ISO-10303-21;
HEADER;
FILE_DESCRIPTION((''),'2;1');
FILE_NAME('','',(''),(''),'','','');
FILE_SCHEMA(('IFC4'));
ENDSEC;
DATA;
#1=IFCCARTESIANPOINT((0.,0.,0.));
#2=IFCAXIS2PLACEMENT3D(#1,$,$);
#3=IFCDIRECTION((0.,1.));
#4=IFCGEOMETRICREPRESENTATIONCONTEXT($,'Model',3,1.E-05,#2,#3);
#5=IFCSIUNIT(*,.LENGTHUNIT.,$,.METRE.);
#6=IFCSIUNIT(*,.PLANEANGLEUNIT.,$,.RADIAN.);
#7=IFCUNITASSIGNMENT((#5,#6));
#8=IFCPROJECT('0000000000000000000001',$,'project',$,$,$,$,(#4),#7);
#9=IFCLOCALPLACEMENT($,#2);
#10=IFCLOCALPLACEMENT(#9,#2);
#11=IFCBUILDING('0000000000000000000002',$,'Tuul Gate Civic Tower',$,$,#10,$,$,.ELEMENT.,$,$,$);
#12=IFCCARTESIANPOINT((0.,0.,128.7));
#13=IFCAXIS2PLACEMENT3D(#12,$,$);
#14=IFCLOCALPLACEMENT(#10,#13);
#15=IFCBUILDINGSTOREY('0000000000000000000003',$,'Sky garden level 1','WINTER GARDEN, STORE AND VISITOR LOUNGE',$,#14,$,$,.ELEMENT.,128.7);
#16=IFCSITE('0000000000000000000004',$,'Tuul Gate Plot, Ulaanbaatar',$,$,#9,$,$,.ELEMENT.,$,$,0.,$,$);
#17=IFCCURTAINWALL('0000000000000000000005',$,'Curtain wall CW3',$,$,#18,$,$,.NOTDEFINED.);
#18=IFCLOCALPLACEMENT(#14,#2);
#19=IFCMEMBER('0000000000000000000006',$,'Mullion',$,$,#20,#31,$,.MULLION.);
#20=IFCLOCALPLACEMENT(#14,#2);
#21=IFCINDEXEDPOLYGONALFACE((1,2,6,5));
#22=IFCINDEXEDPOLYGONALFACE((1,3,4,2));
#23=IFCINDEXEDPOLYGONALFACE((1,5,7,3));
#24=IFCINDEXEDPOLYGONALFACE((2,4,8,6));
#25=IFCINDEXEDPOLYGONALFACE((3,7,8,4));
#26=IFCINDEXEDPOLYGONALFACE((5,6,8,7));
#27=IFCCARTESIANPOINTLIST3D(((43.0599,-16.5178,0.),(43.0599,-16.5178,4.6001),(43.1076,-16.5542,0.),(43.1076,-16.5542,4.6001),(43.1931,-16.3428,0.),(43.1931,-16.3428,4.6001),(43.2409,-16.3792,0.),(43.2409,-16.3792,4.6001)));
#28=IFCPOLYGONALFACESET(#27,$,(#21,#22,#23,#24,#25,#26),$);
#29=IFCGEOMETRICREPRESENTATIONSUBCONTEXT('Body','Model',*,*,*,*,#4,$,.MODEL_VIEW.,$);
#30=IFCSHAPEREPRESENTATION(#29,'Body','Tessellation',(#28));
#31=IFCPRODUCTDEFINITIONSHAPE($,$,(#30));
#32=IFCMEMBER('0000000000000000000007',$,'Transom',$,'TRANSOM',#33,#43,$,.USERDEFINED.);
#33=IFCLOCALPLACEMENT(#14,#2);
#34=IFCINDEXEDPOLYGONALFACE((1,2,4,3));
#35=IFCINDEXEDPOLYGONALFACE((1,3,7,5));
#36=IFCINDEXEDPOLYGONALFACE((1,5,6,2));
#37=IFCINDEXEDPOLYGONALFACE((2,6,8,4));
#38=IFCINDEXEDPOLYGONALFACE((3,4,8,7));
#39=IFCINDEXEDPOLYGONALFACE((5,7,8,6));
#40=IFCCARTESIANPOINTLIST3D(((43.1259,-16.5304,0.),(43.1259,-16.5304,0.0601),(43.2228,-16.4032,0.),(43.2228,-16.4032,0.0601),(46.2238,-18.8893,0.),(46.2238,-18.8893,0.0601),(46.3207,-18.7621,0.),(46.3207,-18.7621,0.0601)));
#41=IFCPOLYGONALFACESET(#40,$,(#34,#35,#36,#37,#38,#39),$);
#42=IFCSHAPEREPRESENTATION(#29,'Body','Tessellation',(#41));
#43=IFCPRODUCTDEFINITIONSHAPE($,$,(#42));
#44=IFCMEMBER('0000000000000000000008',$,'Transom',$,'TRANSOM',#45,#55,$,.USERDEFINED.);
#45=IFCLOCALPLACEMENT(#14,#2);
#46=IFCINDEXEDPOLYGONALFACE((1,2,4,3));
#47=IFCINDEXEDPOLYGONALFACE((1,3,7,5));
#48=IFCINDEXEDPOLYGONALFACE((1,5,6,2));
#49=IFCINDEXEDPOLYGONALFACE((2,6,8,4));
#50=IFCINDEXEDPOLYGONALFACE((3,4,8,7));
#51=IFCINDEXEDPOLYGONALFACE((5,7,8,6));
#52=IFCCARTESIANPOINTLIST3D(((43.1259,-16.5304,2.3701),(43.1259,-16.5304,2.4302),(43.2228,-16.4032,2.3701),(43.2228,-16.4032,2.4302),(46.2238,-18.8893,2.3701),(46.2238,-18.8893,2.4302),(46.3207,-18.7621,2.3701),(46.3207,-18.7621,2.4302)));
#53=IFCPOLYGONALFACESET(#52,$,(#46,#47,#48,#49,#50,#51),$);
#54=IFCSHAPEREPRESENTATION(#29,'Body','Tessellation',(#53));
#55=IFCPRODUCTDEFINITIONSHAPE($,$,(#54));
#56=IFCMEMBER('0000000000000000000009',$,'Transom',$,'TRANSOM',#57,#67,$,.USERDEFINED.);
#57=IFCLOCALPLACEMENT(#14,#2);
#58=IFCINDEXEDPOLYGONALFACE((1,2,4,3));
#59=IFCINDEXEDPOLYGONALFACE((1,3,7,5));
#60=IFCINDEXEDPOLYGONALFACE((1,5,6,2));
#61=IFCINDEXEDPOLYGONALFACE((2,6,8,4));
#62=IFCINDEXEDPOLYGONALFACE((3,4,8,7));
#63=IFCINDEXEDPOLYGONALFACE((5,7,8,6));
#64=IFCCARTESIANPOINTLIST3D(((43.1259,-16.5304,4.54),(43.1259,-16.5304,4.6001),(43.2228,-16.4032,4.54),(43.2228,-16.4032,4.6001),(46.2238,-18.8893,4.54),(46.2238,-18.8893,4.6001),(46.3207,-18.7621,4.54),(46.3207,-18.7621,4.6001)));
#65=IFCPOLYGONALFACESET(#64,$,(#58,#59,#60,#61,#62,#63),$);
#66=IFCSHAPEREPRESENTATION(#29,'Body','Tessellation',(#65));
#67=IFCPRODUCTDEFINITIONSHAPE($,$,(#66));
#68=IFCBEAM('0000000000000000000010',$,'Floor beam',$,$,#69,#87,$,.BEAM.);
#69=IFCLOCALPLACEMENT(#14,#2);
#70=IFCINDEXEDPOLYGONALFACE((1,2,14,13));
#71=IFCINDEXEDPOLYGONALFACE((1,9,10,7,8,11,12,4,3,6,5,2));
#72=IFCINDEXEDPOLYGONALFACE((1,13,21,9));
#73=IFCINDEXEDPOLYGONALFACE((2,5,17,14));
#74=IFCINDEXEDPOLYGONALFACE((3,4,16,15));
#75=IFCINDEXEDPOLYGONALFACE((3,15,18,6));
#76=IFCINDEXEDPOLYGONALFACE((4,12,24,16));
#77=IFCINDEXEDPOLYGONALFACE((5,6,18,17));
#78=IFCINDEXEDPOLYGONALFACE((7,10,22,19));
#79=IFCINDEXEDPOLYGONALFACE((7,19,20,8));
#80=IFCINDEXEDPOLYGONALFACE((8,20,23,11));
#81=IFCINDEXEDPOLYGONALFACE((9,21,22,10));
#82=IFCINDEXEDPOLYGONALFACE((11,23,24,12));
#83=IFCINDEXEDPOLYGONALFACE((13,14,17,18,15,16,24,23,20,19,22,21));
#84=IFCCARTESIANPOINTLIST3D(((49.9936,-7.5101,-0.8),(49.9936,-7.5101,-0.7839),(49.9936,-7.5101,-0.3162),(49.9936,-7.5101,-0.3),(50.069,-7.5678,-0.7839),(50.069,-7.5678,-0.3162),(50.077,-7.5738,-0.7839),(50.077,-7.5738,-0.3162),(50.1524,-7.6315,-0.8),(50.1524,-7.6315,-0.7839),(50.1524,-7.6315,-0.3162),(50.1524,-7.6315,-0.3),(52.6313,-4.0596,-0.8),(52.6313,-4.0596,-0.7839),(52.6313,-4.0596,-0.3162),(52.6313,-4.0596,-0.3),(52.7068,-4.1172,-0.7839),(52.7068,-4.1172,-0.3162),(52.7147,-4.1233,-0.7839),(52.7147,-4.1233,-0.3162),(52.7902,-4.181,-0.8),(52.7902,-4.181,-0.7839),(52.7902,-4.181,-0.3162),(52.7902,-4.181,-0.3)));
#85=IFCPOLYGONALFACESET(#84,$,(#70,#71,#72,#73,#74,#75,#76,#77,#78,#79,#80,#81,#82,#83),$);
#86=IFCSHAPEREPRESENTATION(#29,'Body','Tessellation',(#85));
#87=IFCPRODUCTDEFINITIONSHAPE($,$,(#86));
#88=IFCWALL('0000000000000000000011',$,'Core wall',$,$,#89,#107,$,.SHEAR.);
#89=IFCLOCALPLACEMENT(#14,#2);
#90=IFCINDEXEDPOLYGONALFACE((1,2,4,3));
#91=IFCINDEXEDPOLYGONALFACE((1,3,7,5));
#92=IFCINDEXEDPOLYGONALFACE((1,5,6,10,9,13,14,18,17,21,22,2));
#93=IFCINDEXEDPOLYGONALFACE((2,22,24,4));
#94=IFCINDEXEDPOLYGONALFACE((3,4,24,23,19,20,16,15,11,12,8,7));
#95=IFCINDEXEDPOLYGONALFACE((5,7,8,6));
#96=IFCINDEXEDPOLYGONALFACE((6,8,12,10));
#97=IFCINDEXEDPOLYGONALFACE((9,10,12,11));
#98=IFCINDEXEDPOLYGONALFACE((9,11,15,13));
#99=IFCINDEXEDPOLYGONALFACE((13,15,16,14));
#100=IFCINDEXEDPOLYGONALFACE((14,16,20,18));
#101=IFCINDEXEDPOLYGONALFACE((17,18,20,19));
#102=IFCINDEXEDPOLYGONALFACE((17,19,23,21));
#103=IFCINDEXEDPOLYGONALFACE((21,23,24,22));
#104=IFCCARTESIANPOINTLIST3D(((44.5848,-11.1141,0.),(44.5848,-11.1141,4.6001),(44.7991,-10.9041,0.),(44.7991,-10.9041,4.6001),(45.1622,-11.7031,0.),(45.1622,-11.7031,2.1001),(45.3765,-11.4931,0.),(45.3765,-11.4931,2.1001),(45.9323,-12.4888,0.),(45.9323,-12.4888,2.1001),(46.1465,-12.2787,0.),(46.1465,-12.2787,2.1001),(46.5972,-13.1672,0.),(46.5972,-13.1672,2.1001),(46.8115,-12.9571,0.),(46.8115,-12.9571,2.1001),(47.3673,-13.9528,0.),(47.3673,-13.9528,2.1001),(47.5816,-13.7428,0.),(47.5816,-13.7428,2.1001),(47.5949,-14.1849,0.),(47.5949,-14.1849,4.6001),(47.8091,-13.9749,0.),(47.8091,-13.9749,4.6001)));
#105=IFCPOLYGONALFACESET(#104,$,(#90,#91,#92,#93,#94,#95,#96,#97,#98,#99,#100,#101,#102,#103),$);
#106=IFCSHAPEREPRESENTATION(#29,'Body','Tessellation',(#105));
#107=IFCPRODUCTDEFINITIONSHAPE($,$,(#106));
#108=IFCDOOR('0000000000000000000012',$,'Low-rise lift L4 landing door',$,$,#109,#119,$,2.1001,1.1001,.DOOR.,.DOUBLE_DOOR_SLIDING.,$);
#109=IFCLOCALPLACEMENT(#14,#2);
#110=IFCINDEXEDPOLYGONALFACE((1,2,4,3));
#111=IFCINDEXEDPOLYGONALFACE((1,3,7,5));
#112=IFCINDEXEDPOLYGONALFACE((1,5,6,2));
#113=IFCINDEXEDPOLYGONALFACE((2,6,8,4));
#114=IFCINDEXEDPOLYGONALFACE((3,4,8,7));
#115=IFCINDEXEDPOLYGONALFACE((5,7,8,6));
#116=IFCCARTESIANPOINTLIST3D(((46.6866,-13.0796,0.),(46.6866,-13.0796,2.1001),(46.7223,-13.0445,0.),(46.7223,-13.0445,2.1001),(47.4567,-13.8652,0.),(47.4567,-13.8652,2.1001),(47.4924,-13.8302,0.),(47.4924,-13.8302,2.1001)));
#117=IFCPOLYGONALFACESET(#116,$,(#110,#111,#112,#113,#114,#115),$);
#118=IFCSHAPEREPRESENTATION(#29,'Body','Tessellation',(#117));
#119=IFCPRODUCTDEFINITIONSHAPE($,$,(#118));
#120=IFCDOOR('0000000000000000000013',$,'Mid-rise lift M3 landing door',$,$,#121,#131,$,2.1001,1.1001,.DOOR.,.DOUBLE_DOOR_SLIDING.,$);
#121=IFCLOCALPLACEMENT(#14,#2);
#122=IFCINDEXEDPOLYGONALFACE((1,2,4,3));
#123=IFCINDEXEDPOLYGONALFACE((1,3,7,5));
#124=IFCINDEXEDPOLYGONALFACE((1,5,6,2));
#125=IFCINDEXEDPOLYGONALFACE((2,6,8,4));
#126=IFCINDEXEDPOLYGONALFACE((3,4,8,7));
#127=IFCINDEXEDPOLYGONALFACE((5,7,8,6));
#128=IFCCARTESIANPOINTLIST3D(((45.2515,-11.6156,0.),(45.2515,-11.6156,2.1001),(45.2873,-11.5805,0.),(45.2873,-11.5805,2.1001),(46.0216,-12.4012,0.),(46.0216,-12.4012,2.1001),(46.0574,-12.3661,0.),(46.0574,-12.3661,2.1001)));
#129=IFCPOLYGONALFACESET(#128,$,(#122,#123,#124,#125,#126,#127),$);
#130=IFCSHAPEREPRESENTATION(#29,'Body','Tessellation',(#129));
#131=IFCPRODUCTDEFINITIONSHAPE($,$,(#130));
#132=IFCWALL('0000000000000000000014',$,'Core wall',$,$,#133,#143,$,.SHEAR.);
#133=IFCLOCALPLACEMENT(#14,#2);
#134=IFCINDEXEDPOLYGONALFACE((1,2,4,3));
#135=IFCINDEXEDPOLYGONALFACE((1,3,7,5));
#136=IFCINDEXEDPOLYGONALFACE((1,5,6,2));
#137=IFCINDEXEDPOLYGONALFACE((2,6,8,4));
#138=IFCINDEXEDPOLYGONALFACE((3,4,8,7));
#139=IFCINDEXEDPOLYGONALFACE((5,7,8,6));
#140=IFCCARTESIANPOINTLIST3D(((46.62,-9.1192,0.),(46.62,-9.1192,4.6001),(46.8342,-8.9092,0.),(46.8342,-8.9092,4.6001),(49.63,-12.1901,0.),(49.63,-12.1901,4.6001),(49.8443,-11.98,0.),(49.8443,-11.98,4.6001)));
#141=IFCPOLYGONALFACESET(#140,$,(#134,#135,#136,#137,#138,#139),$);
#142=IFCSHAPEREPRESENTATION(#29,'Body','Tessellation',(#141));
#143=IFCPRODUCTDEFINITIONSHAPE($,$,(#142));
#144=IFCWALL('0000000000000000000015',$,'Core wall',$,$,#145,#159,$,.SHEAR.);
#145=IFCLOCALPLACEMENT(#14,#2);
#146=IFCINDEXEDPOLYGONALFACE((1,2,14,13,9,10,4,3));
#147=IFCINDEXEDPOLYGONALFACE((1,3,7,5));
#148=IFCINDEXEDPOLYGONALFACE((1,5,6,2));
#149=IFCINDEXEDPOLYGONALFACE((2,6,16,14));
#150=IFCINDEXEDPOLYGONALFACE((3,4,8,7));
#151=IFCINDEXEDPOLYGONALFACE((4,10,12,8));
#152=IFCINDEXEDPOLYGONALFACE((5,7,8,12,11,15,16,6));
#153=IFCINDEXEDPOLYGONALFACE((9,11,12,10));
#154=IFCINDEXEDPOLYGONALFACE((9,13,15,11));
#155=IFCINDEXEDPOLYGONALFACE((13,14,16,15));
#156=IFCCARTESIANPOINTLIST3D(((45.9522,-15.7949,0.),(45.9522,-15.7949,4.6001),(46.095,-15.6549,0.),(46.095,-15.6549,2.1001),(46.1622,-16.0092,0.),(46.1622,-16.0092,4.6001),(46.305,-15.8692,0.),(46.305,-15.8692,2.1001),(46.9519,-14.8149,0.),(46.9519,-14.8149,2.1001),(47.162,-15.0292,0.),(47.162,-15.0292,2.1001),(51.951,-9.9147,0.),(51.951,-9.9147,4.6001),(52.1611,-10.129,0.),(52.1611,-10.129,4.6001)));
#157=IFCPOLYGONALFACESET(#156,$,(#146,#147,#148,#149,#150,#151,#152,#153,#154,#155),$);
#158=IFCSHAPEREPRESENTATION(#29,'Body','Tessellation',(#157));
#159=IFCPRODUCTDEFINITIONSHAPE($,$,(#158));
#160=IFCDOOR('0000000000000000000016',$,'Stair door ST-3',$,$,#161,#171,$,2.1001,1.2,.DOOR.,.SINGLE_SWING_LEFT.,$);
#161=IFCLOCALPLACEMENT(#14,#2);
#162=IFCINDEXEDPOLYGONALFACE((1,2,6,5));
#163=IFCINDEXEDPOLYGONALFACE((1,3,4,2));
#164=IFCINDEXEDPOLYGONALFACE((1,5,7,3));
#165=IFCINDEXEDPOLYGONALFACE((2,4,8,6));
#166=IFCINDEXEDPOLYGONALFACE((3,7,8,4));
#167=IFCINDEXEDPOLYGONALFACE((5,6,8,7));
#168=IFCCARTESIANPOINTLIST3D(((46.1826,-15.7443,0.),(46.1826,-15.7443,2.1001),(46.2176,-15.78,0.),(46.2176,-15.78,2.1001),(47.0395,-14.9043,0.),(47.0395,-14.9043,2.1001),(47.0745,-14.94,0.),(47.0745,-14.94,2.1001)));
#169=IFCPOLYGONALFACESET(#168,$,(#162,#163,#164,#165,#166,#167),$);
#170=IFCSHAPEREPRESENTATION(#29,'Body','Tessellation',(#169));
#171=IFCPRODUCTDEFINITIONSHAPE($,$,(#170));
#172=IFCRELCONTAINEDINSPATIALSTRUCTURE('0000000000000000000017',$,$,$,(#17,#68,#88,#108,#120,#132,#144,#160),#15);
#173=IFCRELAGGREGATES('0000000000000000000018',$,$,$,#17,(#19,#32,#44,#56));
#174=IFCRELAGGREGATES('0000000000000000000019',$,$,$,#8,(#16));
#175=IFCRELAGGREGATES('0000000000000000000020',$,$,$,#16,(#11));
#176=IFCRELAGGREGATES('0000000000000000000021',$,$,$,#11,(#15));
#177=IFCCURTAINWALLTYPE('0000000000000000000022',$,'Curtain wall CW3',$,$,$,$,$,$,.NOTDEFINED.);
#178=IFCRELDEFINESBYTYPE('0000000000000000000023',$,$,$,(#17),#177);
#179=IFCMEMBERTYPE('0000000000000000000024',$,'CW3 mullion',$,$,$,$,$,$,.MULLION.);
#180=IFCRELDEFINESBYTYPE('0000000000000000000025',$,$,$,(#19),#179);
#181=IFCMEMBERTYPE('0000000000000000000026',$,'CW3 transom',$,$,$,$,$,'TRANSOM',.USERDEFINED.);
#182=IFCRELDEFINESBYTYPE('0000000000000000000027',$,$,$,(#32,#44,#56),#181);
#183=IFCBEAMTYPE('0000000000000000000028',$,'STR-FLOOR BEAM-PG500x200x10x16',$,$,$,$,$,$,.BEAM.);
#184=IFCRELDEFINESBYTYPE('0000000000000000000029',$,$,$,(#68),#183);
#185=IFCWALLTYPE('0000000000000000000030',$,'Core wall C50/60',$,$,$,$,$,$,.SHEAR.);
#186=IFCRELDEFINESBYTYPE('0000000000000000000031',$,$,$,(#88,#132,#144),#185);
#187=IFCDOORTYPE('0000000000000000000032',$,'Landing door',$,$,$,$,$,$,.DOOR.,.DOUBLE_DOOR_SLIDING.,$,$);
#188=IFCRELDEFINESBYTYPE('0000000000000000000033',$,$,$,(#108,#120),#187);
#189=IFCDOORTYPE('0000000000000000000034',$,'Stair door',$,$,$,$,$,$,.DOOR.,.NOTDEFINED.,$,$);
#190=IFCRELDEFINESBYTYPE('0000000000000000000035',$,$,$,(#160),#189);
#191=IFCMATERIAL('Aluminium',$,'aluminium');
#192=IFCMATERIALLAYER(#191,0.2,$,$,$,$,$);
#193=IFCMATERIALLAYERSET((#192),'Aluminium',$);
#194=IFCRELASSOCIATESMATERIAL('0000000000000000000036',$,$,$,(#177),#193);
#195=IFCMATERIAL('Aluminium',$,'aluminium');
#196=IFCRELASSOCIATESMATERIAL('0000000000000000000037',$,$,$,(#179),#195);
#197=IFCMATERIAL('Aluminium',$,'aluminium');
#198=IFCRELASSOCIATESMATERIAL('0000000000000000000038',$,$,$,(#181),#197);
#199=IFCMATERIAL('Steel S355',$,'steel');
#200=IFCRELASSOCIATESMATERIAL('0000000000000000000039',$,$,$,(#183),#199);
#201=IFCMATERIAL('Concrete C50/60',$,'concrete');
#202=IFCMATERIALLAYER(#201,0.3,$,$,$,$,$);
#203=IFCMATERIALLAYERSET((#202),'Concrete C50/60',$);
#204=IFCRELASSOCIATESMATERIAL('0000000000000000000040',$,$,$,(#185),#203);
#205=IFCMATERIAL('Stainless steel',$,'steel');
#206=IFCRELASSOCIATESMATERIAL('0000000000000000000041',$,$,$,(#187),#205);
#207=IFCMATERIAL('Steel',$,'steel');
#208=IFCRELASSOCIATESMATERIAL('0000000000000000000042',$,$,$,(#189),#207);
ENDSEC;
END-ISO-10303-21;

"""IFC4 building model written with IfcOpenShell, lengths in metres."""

from ifc_helpers import new_model, si_unit, direction, frame, frame_2d, origin, origin_2d, place, context, subcontext, project, spatial, rectangle, i_section, extrude, material, layer, layer_set, material_profile, profile_set, type_object, element, fill, aggregate, save


model = new_model("IFC4")

# Units and contexts
model_context = context("Model", 3, precision=1e-05, world=origin(), true_north=direction((0.0, 1.0)))
body_context = subcontext(model_context, "Body", "Model", "MODEL_VIEW")
ifc_project = project(units=[si_unit("LENGTHUNIT", "METRE"), si_unit("PLANEANGLEUNIT", "RADIAN")], contexts=[model_context])

# Site, building, storey
site_placement = place(None, origin())
site = spatial("IfcSite", under=ifc_project, at=site_placement, Name="Tuul Gate Plot, Ulaanbaatar", CompositionType="ELEMENT", RefElevation=0.0)
building_placement = place(site_placement, origin())
building = spatial("IfcBuilding", under=site, at=building_placement, Name="Tuul Gate Civic Tower", CompositionType="ELEMENT")
storey_placement = place(building_placement, frame((0.0, 0.0, 128.7)))
storey = spatial("IfcBuildingStorey", under=building, at=storey_placement, Name="Sky garden level 1", Description="WINTER GARDEN, STORE AND VISITOR LOUNGE", CompositionType="ELEMENT", Elevation=128.7)

# Curtain wall, members
ifc_material_1 = material(Name="Aluminium", Category="aluminium")
ifc_layer_1 = layer(ifc_material_1, 0.2)
ifc_layer_set_1 = layer_set([ifc_layer_1], Name="Aluminium")
curtain_wall_type = type_object("IfcCurtainWallType", Name="Curtain wall CW3", PredefinedType="NOTDEFINED", material=ifc_layer_set_1)
curtain_wall_placement = place(storey_placement, origin())
curtain_wall = element("IfcCurtainWall", 1, at=curtain_wall_placement, inside=storey, type_object=curtain_wall_type, Name="Curtain wall CW3", PredefinedType="NOTDEFINED")
ifc_material_2 = material(Name="Aluminium", Category="aluminium")
ifc_material_profile_1 = material_profile(ifc_material_2, rectangle(XDim=0.22, YDim=0.0601, at=origin_2d()), Name="CW3 mullion")
ifc_profile_set_1 = profile_set([ifc_material_profile_1], Name="Aluminium")
member_type_1 = type_object("IfcMemberType", Name="CW3 mullion", PredefinedType="MULLION", material=ifc_profile_set_1)
member_1_placement = place(storey_placement, frame((43.1504, -16.4485, 0.0), z_axis=(0.0, 0.0, 1.0), x_axis=(0.605828, 0.795596, 0.0)))
member_1 = element("IfcMember", 2, at=member_1_placement, type_object=member_type_1, Name="Mullion", PredefinedType="MULLION", context=body_context, shape_type="SweptSolid", body=[
    extrude(rectangle(XDim=0.22, YDim=0.0601, at=origin_2d()), origin(), (0.0, 0.0, 1.0), 4.6001),
])
ifc_material_3 = material(Name="Aluminium", Category="aluminium")
ifc_material_profile_2 = material_profile(ifc_material_3, rectangle(XDim=0.1599, YDim=0.0601, at=origin_2d()), Name="CW3 transom")
ifc_profile_set_2 = profile_set([ifc_material_profile_2], Name="Aluminium")
member_type_2 = type_object("IfcMemberType", Name="CW3 transom", ElementType="TRANSOM", PredefinedType="USERDEFINED", material=ifc_profile_set_2)
member_2_placement = place(storey_placement, frame((43.1743, -16.4668, 0.03), z_axis=(0.795607, -0.605813, 0.0), x_axis=(0.605813, 0.795607, 0.0)))
member_2 = element("IfcMember", 3, at=member_2_placement, type_object=member_type_2, Name="Transom", ObjectType="TRANSOM", PredefinedType="USERDEFINED", context=body_context, shape_type="SweptSolid", body=[
    extrude(rectangle(XDim=0.1599, YDim=0.0601, at=origin_2d()), origin(), (0.0, 0.0, 1.0), 3.8938),
])
member_3_placement = place(storey_placement, frame((43.1743, -16.4668, 2.4001), z_axis=(0.795607, -0.605813, 0.0), x_axis=(0.605813, 0.795607, 0.0)))
member_3 = element("IfcMember", 4, at=member_3_placement, type_object=member_type_2, Name="Transom", ObjectType="TRANSOM", PredefinedType="USERDEFINED", context=body_context, shape_type="SweptSolid", body=[
    extrude(rectangle(XDim=0.1599, YDim=0.0601, at=origin_2d()), origin(), (0.0, 0.0, 1.0), 3.8938),
])
member_4_placement = place(storey_placement, frame((43.1743, -16.4668, 4.5701), z_axis=(0.795607, -0.605813, 0.0), x_axis=(0.605813, 0.795607, 0.0)))
member_4 = element("IfcMember", 5, at=member_4_placement, type_object=member_type_2, Name="Transom", ObjectType="TRANSOM", PredefinedType="USERDEFINED", context=body_context, shape_type="SweptSolid", body=[
    extrude(rectangle(XDim=0.1599, YDim=0.0601, at=origin_2d()), origin(), (0.0, 0.0, 1.0), 3.8938),
])
aggregate(curtain_wall, [member_1, member_2, member_3, member_4])

# Beam
ifc_material_4 = material(Name="Steel S355", Category="steel")
ifc_material_profile_3 = material_profile(ifc_material_4, i_section(OverallWidth=0.2, OverallDepth=0.5, WebThickness=0.01, FlangeThickness=0.0161, at=origin_2d()), Name="PG500x200x10x16")
ifc_profile_set_3 = profile_set([ifc_material_profile_3], Name="Steel S355")
beam_type = type_object("IfcBeamType", Name="STR-FLOOR BEAM-PG500x200x10x16", PredefinedType="BEAM", material=ifc_profile_set_3)
beam_placement = place(storey_placement, frame((50.073, -7.5708, -0.55), z_axis=(0.607323, 0.794455, 0.0), x_axis=(-0.794455, 0.607323, 0.0)))
element("IfcBeam", 6, at=beam_placement, inside=storey, type_object=beam_type, Name="Floor beam", PredefinedType="BEAM", context=body_context, shape_type="SweptSolid", body=[
    extrude(i_section(OverallWidth=0.2, OverallDepth=0.5, WebThickness=0.01, FlangeThickness=0.0161, at=origin_2d()), origin(), (0.0, 0.0, 1.0), 4.3433),
])

# Wall, openings, doors
ifc_material_5 = material(Name="Concrete C50/60", Category="concrete")
ifc_layer_2 = layer(ifc_material_5, 0.3)
ifc_layer_set_2 = layer_set([ifc_layer_2], Name="Concrete C50/60")
wall_type_1 = type_object("IfcWallType", Name="Core wall C50/60", PredefinedType="SHEAR", material=ifc_layer_set_2)
wall_1_placement = place(storey_placement, frame((47.7019, -14.0798, 0.0), z_axis=(0.0, 0.0, 1.0), x_axis=(-0.700003, 0.71414, 0.0)))
wall_1 = element("IfcWall", 7, at=wall_1_placement, inside=storey, type_object=wall_type_1, Name="Core wall", PredefinedType="SHEAR", context=body_context, shape_type="SweptSolid", body=[
    extrude(rectangle(XDim=4.3, YDim=0.3, at=frame_2d((2.1499, 0.0))), origin(), (0.0, 0.0, 1.0), 4.6001),
])
opening_1_placement = place(wall_1_placement, frame((0.325, 0.0, 0.0)))
opening_1 = element("IfcOpeningElement", 8, at=opening_1_placement, cuts=wall_1, PredefinedType="OPENING", context=body_context, shape_type="SweptSolid", body=[
    extrude(rectangle(XDim=1.1001, YDim=2.1001, at=frame_2d((0.55, 1.05))), frame((0.0, 0.1602, 0.0), z_axis=(0.0, -1.0, 0.0), x_axis=(1.0, 0.0, 0.0)), (0.0, 0.0, 1.0), 0.3201),
])
opening_2_placement = place(wall_1_placement, frame((2.375, 0.0, 0.0)))
opening_2 = element("IfcOpeningElement", 9, at=opening_2_placement, cuts=wall_1, PredefinedType="OPENING", context=body_context, shape_type="SweptSolid", body=[
    extrude(rectangle(XDim=1.1001, YDim=2.1001, at=frame_2d((0.55, 1.05))), frame((0.0, 0.1602, 0.0), z_axis=(0.0, -1.0, 0.0), x_axis=(1.0, 0.0, 0.0)), (0.0, 0.0, 1.0), 0.3201),
])
ifc_material_6 = material(Name="Stainless steel", Category="steel")
door_type_1 = type_object("IfcDoorType", Name="Landing door", OperationType="DOUBLE_DOOR_SLIDING", PredefinedType="DOOR", material=ifc_material_6)
door_1_placement = place(opening_1_placement, origin())
door_1 = element("IfcDoor", 10, at=door_1_placement, inside=storey, type_object=door_type_1, Name="Low-rise lift L4 landing door", OperationType="DOUBLE_DOOR_SLIDING", OverallHeight=2.1001, OverallWidth=1.1001, PredefinedType="DOOR", context=body_context, shape_type="SweptSolid", body=[
    extrude(rectangle(XDim=1.1001, YDim=2.1001, at=frame_2d((0.55, 1.05))), frame((0.0, 0.0249, 0.0), z_axis=(0.0, -1.0, 0.0), x_axis=(1.0, 0.0, 0.0)), (0.0, 0.0, 1.0), 0.05),
])
fill(opening_1, door_1)
door_2_placement = place(opening_2_placement, origin())
door_2 = element("IfcDoor", 11, at=door_2_placement, inside=storey, type_object=door_type_1, Name="Mid-rise lift M3 landing door", OperationType="DOUBLE_DOOR_SLIDING", OverallHeight=2.1001, OverallWidth=1.1001, PredefinedType="DOOR", context=body_context, shape_type="SweptSolid", body=[
    extrude(rectangle(XDim=1.1001, YDim=2.1001, at=frame_2d((0.55, 1.05))), frame((0.0, 0.0249, 0.0), z_axis=(0.0, -1.0, 0.0), x_axis=(1.0, 0.0, 0.0)), (0.0, 0.0, 1.0), 0.05),
])
fill(opening_2, door_2)

# Wall
wall_2_placement = place(storey_placement, frame((49.7371, -12.085, 0.0), z_axis=(0.0, 0.0, 1.0), x_axis=(-0.700003, 0.71414, 0.0)))
element("IfcWall", 12, at=wall_2_placement, inside=storey, type_object=wall_type_1, Name="Core wall", PredefinedType="SHEAR", context=body_context, shape_type="SweptSolid", body=[
    extrude(rectangle(XDim=4.3, YDim=0.3, at=frame_2d((2.1499, 0.0))), origin(), (0.0, 0.0, 1.0), 4.6001),
])

# Wall, opening, door
wall_3_placement = place(storey_placement, frame((46.0571, -15.9021, 0.0), z_axis=(0.0, 0.0, 1.0), x_axis=(0.714134, 0.700009, 0.0)))
wall_3 = element("IfcWall", 13, at=wall_3_placement, inside=storey, type_object=wall_type_1, Name="Core wall", PredefinedType="SHEAR", context=body_context, shape_type="SweptSolid", body=[
    extrude(rectangle(XDim=8.4001, YDim=0.3, at=frame_2d((4.2002, 0.0))), origin(), (0.0, 0.0, 1.0), 4.6001),
])
opening_3_placement = place(wall_3_placement, frame((0.2, 0.0, 0.0)))
opening_3 = element("IfcOpeningElement", 14, at=opening_3_placement, cuts=wall_3, PredefinedType="OPENING", context=body_context, shape_type="SweptSolid", body=[
    extrude(rectangle(XDim=1.2, YDim=2.1001, at=frame_2d((0.6001, 1.05))), frame((0.0, 0.1602, 0.0), z_axis=(0.0, -1.0, 0.0), x_axis=(1.0, 0.0, 0.0)), (0.0, 0.0, 1.0), 0.3201),
])
ifc_material_7 = material(Name="Steel", Category="steel")
door_type_2 = type_object("IfcDoorType", Name="Stair door", OperationType="NOTDEFINED", PredefinedType="DOOR", material=ifc_material_7)
door_3_placement = place(opening_3_placement, origin())
door_3 = element("IfcDoor", 15, at=door_3_placement, inside=storey, type_object=door_type_2, Name="Stair door ST-3", OperationType="SINGLE_SWING_LEFT", OverallHeight=2.1001, OverallWidth=1.2, PredefinedType="DOOR", context=body_context, shape_type="SweptSolid", body=[
    extrude(rectangle(XDim=1.2, YDim=2.1001, at=frame_2d((0.6001, 1.05))), frame((0.0, 0.0249, 0.0), z_axis=(0.0, -1.0, 0.0), x_axis=(1.0, 0.0, 0.0)), (0.0, 0.0, 1.0), 0.05),
])
fill(opening_3, door_3)

save(model, "model.ifc")
